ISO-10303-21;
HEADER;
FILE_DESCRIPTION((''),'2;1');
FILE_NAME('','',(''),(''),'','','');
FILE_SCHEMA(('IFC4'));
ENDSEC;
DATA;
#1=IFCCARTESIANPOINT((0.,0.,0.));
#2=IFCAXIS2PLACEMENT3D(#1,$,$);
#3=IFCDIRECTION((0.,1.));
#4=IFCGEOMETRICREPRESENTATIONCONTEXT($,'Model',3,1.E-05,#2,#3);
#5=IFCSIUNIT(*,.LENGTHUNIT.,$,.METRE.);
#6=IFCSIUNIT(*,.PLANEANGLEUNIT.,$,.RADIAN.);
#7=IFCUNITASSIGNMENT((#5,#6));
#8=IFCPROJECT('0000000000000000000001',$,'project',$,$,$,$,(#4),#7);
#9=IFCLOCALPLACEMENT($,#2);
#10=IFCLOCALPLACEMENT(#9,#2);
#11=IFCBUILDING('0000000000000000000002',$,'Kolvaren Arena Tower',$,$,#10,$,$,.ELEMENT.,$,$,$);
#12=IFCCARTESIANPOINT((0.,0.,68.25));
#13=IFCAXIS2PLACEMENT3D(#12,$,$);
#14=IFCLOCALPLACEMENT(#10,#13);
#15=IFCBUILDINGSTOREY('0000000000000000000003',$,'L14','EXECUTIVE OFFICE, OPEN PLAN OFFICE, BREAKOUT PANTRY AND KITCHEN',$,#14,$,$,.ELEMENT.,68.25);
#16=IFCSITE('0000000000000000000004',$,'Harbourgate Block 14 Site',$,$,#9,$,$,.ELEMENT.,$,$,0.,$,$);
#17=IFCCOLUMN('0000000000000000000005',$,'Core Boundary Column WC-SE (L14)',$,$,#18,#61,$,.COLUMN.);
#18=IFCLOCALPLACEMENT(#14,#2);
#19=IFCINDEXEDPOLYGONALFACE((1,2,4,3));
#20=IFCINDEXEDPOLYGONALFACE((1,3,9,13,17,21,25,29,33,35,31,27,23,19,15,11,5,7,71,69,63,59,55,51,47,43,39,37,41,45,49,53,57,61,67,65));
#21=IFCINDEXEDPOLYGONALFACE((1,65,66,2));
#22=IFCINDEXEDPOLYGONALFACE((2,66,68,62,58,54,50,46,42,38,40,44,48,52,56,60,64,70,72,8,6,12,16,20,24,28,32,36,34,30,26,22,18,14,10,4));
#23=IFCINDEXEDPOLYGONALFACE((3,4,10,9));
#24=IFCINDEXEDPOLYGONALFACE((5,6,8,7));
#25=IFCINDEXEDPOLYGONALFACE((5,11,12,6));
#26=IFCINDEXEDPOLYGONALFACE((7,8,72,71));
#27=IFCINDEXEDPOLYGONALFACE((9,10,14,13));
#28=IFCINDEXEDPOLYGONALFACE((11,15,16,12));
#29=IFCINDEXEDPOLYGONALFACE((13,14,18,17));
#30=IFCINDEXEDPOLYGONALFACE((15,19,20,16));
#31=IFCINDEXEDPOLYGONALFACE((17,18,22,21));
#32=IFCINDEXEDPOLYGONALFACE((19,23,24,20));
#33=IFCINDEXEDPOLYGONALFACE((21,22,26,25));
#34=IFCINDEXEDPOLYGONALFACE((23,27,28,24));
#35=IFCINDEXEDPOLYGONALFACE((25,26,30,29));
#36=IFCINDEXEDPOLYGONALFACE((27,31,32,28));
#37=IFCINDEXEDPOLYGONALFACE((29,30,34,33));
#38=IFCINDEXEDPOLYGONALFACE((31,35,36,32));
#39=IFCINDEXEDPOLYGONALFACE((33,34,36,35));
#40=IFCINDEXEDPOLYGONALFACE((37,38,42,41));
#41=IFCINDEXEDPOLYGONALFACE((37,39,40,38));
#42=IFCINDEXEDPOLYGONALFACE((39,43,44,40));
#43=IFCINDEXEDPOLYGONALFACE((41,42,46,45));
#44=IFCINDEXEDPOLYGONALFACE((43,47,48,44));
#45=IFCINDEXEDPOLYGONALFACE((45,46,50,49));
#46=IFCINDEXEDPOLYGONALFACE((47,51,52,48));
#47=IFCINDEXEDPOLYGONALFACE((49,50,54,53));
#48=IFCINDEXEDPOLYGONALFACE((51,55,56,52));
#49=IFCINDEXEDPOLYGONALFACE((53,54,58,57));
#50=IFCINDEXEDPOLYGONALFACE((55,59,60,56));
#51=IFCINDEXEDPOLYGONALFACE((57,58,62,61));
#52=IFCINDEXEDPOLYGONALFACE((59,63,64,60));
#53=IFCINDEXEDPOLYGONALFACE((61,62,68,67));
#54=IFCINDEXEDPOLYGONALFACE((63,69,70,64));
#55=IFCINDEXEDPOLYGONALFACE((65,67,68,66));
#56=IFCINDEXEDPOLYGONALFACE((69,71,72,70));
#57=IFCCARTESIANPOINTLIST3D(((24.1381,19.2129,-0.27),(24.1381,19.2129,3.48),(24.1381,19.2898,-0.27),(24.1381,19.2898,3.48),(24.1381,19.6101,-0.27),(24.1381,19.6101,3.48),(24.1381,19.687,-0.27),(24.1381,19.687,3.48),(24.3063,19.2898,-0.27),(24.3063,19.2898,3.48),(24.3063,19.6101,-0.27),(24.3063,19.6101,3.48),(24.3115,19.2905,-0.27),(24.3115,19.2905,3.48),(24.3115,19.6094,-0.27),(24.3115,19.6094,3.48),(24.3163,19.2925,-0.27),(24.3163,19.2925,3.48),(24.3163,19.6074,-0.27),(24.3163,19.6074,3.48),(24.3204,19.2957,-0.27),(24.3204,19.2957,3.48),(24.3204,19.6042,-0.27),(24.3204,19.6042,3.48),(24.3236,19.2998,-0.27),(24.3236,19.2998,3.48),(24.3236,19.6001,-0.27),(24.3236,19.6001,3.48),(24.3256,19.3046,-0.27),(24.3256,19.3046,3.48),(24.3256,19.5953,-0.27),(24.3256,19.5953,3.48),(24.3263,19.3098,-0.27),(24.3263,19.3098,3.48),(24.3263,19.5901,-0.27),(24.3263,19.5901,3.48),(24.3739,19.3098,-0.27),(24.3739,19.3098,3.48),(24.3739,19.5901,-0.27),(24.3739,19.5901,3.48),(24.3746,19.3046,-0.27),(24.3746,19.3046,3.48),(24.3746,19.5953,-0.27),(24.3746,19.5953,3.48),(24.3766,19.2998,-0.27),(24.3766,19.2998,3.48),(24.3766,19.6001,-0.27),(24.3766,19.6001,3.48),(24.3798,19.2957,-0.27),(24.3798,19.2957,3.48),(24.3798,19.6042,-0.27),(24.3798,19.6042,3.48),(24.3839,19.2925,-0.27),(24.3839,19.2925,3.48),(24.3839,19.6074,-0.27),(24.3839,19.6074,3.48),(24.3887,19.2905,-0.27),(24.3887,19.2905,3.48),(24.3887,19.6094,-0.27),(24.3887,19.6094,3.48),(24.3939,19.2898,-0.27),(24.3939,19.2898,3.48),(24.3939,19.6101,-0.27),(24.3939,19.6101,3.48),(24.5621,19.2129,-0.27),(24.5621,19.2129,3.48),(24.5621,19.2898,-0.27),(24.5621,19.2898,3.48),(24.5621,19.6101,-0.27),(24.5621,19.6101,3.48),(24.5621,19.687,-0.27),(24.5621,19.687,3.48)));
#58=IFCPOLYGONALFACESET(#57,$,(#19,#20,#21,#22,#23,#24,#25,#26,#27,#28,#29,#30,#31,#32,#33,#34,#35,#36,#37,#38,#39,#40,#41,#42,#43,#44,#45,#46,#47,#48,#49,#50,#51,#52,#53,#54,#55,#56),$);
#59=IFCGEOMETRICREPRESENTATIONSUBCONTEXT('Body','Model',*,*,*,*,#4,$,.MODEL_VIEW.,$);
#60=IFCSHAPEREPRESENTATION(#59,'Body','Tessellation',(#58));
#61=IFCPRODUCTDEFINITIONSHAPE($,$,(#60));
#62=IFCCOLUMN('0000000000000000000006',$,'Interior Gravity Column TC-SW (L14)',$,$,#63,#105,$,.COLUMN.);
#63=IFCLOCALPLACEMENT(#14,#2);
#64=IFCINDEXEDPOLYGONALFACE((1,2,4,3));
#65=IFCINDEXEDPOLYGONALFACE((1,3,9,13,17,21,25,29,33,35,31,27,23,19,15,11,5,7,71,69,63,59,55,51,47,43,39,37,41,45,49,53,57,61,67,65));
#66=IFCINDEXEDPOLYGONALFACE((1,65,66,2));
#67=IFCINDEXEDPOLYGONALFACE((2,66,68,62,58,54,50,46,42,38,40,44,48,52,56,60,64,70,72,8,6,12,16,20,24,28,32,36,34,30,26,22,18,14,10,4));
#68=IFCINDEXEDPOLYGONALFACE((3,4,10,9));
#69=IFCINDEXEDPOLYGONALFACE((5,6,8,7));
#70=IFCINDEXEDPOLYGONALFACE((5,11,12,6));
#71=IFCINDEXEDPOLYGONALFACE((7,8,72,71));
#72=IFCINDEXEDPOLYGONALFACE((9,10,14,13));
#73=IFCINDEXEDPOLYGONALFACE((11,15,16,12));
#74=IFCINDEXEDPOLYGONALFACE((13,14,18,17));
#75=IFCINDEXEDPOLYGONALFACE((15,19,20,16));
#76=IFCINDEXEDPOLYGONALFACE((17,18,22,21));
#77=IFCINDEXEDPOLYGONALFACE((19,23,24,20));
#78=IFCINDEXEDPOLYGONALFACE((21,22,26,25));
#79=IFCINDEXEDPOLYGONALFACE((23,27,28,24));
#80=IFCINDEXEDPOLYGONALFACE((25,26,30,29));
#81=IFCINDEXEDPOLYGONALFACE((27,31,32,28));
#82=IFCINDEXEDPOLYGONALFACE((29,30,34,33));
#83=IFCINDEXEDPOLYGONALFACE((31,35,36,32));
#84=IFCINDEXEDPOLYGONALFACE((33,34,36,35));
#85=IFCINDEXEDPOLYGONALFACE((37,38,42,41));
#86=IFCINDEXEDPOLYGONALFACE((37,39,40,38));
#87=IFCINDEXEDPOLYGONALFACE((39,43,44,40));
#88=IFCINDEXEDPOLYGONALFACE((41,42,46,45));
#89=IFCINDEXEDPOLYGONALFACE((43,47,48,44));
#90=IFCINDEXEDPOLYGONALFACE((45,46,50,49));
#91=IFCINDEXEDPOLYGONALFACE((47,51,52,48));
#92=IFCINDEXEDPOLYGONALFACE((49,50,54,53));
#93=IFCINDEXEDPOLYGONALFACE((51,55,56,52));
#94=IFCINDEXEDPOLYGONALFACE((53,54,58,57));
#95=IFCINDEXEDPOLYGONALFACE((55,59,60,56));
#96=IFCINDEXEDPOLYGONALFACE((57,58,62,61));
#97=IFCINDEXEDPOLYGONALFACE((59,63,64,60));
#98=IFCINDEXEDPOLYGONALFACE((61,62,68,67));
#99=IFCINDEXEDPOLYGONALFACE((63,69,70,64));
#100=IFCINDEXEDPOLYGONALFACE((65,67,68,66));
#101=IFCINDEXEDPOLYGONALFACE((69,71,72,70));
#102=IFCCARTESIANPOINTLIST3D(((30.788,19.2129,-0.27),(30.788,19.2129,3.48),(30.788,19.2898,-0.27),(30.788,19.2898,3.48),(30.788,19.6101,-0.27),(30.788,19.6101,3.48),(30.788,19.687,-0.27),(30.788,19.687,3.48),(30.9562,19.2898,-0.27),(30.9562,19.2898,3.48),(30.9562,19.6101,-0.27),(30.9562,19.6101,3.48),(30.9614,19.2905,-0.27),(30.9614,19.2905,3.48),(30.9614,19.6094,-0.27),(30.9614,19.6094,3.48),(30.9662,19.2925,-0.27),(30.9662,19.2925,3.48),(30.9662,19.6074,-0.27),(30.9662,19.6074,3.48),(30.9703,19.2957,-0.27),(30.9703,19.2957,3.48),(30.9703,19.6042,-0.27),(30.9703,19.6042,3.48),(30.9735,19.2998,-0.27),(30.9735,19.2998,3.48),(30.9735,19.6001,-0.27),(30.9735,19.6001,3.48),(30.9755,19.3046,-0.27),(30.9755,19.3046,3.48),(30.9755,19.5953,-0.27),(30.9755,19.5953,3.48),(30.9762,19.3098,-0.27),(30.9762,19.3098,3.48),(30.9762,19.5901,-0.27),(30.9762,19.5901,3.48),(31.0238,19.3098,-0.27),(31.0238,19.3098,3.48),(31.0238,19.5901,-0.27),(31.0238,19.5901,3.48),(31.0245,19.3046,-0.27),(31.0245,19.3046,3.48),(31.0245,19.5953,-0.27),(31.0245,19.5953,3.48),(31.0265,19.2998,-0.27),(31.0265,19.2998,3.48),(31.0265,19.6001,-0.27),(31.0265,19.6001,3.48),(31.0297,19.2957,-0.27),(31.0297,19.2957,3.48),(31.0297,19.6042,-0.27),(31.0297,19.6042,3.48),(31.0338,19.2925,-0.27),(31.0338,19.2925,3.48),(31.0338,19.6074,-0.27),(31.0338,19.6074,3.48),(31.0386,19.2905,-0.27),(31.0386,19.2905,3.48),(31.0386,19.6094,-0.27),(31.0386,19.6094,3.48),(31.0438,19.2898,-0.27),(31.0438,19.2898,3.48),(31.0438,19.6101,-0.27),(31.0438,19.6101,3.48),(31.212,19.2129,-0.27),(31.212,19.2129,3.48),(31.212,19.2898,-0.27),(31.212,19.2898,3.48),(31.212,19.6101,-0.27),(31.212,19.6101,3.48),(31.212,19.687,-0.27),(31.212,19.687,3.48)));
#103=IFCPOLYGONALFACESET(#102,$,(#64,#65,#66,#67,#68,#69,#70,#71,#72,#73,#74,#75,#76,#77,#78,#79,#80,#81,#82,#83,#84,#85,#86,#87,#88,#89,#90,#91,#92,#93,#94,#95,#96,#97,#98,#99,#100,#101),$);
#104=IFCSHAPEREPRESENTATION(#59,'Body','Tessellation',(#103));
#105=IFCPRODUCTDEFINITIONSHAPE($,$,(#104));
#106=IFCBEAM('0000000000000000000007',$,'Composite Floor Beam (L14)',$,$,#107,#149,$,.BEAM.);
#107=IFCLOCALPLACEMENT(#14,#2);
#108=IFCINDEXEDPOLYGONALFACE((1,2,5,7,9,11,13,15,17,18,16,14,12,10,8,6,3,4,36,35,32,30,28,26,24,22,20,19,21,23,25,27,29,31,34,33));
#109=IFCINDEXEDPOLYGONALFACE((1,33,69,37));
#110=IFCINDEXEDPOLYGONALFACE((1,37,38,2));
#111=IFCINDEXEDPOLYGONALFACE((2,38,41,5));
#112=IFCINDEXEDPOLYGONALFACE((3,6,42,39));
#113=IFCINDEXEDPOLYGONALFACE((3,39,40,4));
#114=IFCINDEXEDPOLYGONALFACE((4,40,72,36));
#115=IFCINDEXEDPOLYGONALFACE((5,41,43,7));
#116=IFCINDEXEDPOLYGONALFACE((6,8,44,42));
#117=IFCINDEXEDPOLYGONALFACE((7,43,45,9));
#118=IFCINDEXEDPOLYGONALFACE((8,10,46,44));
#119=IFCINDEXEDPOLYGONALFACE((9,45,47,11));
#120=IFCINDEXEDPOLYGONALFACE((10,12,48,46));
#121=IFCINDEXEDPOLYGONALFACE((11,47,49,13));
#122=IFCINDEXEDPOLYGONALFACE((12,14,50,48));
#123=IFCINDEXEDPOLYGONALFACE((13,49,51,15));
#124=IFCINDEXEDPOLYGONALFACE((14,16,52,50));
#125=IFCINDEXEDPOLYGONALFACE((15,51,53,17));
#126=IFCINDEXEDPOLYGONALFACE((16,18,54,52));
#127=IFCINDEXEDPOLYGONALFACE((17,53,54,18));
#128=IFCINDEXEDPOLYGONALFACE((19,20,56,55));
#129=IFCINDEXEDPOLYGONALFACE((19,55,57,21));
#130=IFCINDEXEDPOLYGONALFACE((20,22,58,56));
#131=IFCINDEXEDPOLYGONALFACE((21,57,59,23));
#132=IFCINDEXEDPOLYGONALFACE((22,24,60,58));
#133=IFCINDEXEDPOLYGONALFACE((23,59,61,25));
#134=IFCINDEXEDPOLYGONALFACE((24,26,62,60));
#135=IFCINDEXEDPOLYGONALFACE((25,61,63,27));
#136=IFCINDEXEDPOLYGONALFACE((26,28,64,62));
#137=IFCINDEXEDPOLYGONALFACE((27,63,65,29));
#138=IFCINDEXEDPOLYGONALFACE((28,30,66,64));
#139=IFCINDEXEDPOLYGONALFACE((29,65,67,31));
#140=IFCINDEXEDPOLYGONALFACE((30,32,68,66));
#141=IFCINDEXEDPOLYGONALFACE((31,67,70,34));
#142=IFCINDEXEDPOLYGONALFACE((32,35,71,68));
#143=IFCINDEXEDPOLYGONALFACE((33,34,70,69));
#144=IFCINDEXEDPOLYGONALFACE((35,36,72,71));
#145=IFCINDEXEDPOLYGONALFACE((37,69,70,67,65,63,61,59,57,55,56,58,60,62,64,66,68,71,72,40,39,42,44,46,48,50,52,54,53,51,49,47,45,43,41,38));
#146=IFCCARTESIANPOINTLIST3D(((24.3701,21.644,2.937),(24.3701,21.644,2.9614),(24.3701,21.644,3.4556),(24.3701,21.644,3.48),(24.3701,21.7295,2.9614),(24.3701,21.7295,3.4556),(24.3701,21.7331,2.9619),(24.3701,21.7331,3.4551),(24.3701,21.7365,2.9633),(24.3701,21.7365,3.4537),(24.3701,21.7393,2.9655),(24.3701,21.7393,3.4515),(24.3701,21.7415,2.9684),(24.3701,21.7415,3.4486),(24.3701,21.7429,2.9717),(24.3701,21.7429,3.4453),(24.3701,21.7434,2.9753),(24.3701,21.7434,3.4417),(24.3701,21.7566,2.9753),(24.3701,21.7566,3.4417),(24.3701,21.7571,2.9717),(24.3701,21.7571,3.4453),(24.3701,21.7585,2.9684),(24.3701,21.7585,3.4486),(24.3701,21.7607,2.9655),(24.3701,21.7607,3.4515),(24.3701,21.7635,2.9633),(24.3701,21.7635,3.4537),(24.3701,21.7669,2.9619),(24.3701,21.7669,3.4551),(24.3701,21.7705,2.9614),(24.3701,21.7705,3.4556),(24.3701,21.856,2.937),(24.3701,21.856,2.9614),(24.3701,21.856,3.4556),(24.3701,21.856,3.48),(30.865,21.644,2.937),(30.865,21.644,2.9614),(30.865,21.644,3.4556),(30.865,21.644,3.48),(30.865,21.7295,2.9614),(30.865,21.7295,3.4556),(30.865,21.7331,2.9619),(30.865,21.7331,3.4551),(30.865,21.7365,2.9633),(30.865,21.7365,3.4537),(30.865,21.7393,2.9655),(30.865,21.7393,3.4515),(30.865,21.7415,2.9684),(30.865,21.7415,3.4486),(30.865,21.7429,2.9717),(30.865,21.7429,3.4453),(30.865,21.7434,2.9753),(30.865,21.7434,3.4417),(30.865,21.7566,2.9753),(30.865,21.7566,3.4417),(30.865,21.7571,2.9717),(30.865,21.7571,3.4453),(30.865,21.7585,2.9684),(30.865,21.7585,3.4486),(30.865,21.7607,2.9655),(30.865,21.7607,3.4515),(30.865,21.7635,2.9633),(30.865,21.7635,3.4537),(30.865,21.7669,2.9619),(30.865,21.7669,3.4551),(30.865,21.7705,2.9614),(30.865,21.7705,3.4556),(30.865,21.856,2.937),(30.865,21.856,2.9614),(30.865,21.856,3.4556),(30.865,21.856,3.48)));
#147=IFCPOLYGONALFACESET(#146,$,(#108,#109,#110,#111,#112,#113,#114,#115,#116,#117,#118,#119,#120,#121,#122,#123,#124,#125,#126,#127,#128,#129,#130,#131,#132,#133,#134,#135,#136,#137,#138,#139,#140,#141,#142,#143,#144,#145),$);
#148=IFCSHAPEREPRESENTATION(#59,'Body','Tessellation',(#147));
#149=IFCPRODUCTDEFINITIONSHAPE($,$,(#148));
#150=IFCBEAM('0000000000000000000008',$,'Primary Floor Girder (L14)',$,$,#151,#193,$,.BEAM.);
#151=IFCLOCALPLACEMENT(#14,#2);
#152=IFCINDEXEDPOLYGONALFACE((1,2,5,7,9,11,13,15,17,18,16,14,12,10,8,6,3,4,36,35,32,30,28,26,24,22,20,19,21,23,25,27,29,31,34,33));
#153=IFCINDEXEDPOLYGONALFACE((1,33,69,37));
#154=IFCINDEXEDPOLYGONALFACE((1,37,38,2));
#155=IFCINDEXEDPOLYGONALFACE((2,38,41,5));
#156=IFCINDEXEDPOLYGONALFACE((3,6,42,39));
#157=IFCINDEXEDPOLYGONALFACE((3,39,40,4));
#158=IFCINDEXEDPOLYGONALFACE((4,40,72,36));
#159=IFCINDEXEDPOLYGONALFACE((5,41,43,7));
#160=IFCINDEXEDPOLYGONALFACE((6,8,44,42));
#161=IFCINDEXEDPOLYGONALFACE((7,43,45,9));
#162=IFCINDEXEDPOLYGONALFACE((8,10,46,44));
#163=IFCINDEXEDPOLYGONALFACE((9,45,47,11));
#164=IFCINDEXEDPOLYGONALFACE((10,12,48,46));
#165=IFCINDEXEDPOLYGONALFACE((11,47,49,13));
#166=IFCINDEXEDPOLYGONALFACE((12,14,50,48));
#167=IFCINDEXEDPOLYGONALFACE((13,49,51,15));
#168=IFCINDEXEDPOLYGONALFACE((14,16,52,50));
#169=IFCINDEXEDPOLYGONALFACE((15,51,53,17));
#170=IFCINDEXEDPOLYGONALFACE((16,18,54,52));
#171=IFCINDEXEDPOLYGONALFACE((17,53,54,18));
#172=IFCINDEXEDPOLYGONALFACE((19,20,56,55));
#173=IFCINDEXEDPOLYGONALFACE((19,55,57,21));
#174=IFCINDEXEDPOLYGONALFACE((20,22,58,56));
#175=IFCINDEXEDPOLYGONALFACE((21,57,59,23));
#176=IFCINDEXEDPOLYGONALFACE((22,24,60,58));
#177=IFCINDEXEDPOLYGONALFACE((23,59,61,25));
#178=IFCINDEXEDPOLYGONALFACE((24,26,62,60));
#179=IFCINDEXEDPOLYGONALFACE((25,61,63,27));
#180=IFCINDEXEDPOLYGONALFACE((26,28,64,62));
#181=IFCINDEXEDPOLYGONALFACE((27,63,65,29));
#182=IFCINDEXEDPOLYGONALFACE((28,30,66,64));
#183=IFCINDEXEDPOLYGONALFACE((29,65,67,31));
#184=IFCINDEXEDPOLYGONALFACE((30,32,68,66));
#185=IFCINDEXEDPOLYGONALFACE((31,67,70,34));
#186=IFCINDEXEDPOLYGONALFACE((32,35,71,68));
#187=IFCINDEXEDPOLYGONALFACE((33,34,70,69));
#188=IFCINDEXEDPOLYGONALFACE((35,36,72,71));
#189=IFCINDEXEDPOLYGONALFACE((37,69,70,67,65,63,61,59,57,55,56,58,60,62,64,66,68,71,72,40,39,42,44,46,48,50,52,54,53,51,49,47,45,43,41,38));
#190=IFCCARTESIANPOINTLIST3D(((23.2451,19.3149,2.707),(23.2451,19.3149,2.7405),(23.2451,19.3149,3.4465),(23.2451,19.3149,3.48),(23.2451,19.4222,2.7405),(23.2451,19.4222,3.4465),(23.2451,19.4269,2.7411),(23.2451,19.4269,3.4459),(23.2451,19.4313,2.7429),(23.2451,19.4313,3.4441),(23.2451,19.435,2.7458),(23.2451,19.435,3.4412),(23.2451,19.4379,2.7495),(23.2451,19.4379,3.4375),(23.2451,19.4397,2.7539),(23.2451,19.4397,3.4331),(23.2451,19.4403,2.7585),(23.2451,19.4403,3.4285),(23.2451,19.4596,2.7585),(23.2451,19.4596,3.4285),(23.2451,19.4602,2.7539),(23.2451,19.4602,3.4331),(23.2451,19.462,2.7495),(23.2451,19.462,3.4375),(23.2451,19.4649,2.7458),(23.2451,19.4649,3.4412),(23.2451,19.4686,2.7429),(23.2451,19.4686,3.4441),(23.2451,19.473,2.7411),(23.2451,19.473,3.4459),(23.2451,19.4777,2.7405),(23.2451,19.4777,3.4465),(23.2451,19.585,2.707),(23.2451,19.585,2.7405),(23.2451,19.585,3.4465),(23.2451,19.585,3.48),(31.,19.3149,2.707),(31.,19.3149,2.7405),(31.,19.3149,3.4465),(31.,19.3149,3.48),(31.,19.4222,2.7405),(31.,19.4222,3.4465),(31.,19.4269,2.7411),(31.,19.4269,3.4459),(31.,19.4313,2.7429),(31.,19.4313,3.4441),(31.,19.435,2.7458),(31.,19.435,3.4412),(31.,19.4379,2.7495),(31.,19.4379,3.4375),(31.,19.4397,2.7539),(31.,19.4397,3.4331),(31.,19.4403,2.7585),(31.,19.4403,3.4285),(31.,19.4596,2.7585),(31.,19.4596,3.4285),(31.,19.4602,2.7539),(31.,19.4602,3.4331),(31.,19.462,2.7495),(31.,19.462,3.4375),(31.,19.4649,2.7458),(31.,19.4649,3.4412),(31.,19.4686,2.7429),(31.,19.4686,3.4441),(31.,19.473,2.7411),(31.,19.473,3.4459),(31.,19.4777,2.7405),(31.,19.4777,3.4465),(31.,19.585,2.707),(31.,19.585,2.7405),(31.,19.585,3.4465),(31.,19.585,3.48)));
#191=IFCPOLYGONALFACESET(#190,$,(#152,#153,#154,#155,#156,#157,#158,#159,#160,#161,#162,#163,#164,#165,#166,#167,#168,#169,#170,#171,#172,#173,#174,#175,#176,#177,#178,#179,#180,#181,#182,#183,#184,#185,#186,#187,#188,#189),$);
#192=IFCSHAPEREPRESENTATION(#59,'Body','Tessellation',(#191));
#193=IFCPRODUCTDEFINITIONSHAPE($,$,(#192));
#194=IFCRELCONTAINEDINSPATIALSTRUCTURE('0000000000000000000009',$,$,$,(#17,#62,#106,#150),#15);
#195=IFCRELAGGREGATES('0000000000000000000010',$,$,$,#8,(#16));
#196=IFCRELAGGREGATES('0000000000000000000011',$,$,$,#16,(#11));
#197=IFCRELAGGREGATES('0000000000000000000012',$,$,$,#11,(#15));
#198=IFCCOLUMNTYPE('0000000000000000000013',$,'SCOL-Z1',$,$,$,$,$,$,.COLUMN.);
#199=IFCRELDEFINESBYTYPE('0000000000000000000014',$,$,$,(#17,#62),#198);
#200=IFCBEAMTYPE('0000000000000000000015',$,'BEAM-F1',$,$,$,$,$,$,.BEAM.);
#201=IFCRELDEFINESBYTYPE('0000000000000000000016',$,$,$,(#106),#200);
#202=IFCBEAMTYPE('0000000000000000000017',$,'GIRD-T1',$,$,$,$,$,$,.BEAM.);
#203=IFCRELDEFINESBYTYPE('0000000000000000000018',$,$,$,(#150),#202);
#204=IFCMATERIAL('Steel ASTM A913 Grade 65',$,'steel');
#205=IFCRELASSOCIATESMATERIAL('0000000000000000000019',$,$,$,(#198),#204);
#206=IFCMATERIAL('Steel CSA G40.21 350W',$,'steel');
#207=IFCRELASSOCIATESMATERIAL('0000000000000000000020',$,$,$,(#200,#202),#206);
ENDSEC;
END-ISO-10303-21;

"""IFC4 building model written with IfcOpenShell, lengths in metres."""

from ifc_helpers import new_model, si_unit, direction, frame, origin, origin_2d, place, context, subcontext, project, spatial, i_section, extrude, material, material_profile, profile_set, type_object, element, save


model = new_model("IFC4")

# Units and contexts
model_context = context("Model", 3, precision=1e-05, world=origin(), true_north=direction((0.0, 1.0)))
body_context = subcontext(model_context, "Body", "Model", "MODEL_VIEW")
ifc_project = project(units=[si_unit("LENGTHUNIT", "METRE"), si_unit("PLANEANGLEUNIT", "RADIAN")], contexts=[model_context])

# Site, building, storey
site_placement = place(None, origin())
site = spatial("IfcSite", under=ifc_project, at=site_placement, Name="Harbourgate Block 14 Site", CompositionType="ELEMENT", RefElevation=0.0)
building_placement = place(site_placement, origin())
building = spatial("IfcBuilding", under=site, at=building_placement, Name="Kolvaren Arena Tower", CompositionType="ELEMENT")
storey_placement = place(building_placement, frame((0.0, 0.0, 68.25)))
storey = spatial("IfcBuildingStorey", under=building, at=storey_placement, Name="L14", Description="EXECUTIVE OFFICE, OPEN PLAN OFFICE, BREAKOUT PANTRY AND KITCHEN", CompositionType="ELEMENT", Elevation=68.25)

# Columns
ifc_material_1 = material(Name="Steel ASTM A913 Grade 65", Category="steel")
ifc_material_profile_1 = material_profile(ifc_material_1, i_section(OverallWidth=0.4241, OverallDepth=0.4741, WebThickness=0.0476, FlangeThickness=0.0769, FilletRadius=0.02, at=origin_2d()), Name="W360x634")
ifc_profile_set_1 = profile_set([ifc_material_profile_1], Name="Steel ASTM A913 Grade 65")
column_type = type_object("IfcColumnType", Name="SCOL-Z1", PredefinedType="COLUMN", material=ifc_profile_set_1)
for number, where, z_axis, x_axis, name in (
    (1, (24.3501, 19.45, -0.27), (0.0, 0.0, 1.0), (1.0, 0.0, 0.0), "Core Boundary Column WC-SE (L14)"),
    (2, (31.0, 19.45, -0.27), (0.0, 0.0, 1.0), (1.0, 0.0, 0.0), "Interior Gravity Column TC-SW (L14)"),
):
    element("IfcColumn", number, at=place(storey_placement, frame(where, z_axis=z_axis, x_axis=x_axis)), inside=storey, type_object=column_type, Name=name, PredefinedType="COLUMN", context=body_context, shape_type="SweptSolid", body=[
        extrude(i_section(OverallWidth=0.4241, OverallDepth=0.4741, WebThickness=0.0476, FlangeThickness=0.0769, FilletRadius=0.02, at=origin_2d()), origin(), (0.0, 0.0, 1.0), 3.75),
    ])

# Beams
ifc_material_2 = material(Name="Steel CSA G40.21 350W", Category="steel")
ifc_material_profile_2 = material_profile(ifc_material_2, i_section(OverallWidth=0.2119, OverallDepth=0.543, WebThickness=0.0132, FlangeThickness=0.0244, FilletRadius=0.0139, at=origin_2d()), Name="W530x150")
ifc_profile_set_2 = profile_set([ifc_material_profile_2], Name="Steel CSA G40.21 350W")
beam_type_1 = type_object("IfcBeamType", Name="BEAM-F1", PredefinedType="BEAM", material=ifc_profile_set_2)
beam_1_placement = place(storey_placement, frame((24.3701, 21.75, 3.2085), z_axis=(1.0, 0.0, 0.0), x_axis=(0.0, 1.0, 0.0)))
element("IfcBeam", 3, at=beam_1_placement, inside=storey, type_object=beam_type_1, Name="Composite Floor Beam (L14)", PredefinedType="BEAM", context=body_context, shape_type="SweptSolid", body=[
    extrude(i_section(OverallWidth=0.2119, OverallDepth=0.543, WebThickness=0.0132, FlangeThickness=0.0244, FilletRadius=0.0139, at=origin_2d()), origin(), (0.0, 0.0, 1.0), 6.4949),
])
ifc_material_profile_3 = material_profile(ifc_material_2, i_section(OverallWidth=0.27, OverallDepth=0.7729, WebThickness=0.0193, FlangeThickness=0.0334, FilletRadius=0.0181, at=origin_2d()), Name="W760x257")
ifc_profile_set_3 = profile_set([ifc_material_profile_3], Name="Steel CSA G40.21 350W")
beam_type_2 = type_object("IfcBeamType", Name="GIRD-T1", PredefinedType="BEAM", material=ifc_profile_set_3)
beam_2_placement = place(storey_placement, frame((23.2451, 19.45, 3.0935), z_axis=(1.0, 0.0, 0.0), x_axis=(0.0, 1.0, 0.0)))
element("IfcBeam", 4, at=beam_2_placement, inside=storey, type_object=beam_type_2, Name="Primary Floor Girder (L14)", PredefinedType="BEAM", context=body_context, shape_type="SweptSolid", body=[
    extrude(i_section(OverallWidth=0.27, OverallDepth=0.7729, WebThickness=0.0193, FlangeThickness=0.0334, FilletRadius=0.0181, at=origin_2d()), origin(), (0.0, 0.0, 1.0), 7.7549),
])

save(model, "model.ifc")
